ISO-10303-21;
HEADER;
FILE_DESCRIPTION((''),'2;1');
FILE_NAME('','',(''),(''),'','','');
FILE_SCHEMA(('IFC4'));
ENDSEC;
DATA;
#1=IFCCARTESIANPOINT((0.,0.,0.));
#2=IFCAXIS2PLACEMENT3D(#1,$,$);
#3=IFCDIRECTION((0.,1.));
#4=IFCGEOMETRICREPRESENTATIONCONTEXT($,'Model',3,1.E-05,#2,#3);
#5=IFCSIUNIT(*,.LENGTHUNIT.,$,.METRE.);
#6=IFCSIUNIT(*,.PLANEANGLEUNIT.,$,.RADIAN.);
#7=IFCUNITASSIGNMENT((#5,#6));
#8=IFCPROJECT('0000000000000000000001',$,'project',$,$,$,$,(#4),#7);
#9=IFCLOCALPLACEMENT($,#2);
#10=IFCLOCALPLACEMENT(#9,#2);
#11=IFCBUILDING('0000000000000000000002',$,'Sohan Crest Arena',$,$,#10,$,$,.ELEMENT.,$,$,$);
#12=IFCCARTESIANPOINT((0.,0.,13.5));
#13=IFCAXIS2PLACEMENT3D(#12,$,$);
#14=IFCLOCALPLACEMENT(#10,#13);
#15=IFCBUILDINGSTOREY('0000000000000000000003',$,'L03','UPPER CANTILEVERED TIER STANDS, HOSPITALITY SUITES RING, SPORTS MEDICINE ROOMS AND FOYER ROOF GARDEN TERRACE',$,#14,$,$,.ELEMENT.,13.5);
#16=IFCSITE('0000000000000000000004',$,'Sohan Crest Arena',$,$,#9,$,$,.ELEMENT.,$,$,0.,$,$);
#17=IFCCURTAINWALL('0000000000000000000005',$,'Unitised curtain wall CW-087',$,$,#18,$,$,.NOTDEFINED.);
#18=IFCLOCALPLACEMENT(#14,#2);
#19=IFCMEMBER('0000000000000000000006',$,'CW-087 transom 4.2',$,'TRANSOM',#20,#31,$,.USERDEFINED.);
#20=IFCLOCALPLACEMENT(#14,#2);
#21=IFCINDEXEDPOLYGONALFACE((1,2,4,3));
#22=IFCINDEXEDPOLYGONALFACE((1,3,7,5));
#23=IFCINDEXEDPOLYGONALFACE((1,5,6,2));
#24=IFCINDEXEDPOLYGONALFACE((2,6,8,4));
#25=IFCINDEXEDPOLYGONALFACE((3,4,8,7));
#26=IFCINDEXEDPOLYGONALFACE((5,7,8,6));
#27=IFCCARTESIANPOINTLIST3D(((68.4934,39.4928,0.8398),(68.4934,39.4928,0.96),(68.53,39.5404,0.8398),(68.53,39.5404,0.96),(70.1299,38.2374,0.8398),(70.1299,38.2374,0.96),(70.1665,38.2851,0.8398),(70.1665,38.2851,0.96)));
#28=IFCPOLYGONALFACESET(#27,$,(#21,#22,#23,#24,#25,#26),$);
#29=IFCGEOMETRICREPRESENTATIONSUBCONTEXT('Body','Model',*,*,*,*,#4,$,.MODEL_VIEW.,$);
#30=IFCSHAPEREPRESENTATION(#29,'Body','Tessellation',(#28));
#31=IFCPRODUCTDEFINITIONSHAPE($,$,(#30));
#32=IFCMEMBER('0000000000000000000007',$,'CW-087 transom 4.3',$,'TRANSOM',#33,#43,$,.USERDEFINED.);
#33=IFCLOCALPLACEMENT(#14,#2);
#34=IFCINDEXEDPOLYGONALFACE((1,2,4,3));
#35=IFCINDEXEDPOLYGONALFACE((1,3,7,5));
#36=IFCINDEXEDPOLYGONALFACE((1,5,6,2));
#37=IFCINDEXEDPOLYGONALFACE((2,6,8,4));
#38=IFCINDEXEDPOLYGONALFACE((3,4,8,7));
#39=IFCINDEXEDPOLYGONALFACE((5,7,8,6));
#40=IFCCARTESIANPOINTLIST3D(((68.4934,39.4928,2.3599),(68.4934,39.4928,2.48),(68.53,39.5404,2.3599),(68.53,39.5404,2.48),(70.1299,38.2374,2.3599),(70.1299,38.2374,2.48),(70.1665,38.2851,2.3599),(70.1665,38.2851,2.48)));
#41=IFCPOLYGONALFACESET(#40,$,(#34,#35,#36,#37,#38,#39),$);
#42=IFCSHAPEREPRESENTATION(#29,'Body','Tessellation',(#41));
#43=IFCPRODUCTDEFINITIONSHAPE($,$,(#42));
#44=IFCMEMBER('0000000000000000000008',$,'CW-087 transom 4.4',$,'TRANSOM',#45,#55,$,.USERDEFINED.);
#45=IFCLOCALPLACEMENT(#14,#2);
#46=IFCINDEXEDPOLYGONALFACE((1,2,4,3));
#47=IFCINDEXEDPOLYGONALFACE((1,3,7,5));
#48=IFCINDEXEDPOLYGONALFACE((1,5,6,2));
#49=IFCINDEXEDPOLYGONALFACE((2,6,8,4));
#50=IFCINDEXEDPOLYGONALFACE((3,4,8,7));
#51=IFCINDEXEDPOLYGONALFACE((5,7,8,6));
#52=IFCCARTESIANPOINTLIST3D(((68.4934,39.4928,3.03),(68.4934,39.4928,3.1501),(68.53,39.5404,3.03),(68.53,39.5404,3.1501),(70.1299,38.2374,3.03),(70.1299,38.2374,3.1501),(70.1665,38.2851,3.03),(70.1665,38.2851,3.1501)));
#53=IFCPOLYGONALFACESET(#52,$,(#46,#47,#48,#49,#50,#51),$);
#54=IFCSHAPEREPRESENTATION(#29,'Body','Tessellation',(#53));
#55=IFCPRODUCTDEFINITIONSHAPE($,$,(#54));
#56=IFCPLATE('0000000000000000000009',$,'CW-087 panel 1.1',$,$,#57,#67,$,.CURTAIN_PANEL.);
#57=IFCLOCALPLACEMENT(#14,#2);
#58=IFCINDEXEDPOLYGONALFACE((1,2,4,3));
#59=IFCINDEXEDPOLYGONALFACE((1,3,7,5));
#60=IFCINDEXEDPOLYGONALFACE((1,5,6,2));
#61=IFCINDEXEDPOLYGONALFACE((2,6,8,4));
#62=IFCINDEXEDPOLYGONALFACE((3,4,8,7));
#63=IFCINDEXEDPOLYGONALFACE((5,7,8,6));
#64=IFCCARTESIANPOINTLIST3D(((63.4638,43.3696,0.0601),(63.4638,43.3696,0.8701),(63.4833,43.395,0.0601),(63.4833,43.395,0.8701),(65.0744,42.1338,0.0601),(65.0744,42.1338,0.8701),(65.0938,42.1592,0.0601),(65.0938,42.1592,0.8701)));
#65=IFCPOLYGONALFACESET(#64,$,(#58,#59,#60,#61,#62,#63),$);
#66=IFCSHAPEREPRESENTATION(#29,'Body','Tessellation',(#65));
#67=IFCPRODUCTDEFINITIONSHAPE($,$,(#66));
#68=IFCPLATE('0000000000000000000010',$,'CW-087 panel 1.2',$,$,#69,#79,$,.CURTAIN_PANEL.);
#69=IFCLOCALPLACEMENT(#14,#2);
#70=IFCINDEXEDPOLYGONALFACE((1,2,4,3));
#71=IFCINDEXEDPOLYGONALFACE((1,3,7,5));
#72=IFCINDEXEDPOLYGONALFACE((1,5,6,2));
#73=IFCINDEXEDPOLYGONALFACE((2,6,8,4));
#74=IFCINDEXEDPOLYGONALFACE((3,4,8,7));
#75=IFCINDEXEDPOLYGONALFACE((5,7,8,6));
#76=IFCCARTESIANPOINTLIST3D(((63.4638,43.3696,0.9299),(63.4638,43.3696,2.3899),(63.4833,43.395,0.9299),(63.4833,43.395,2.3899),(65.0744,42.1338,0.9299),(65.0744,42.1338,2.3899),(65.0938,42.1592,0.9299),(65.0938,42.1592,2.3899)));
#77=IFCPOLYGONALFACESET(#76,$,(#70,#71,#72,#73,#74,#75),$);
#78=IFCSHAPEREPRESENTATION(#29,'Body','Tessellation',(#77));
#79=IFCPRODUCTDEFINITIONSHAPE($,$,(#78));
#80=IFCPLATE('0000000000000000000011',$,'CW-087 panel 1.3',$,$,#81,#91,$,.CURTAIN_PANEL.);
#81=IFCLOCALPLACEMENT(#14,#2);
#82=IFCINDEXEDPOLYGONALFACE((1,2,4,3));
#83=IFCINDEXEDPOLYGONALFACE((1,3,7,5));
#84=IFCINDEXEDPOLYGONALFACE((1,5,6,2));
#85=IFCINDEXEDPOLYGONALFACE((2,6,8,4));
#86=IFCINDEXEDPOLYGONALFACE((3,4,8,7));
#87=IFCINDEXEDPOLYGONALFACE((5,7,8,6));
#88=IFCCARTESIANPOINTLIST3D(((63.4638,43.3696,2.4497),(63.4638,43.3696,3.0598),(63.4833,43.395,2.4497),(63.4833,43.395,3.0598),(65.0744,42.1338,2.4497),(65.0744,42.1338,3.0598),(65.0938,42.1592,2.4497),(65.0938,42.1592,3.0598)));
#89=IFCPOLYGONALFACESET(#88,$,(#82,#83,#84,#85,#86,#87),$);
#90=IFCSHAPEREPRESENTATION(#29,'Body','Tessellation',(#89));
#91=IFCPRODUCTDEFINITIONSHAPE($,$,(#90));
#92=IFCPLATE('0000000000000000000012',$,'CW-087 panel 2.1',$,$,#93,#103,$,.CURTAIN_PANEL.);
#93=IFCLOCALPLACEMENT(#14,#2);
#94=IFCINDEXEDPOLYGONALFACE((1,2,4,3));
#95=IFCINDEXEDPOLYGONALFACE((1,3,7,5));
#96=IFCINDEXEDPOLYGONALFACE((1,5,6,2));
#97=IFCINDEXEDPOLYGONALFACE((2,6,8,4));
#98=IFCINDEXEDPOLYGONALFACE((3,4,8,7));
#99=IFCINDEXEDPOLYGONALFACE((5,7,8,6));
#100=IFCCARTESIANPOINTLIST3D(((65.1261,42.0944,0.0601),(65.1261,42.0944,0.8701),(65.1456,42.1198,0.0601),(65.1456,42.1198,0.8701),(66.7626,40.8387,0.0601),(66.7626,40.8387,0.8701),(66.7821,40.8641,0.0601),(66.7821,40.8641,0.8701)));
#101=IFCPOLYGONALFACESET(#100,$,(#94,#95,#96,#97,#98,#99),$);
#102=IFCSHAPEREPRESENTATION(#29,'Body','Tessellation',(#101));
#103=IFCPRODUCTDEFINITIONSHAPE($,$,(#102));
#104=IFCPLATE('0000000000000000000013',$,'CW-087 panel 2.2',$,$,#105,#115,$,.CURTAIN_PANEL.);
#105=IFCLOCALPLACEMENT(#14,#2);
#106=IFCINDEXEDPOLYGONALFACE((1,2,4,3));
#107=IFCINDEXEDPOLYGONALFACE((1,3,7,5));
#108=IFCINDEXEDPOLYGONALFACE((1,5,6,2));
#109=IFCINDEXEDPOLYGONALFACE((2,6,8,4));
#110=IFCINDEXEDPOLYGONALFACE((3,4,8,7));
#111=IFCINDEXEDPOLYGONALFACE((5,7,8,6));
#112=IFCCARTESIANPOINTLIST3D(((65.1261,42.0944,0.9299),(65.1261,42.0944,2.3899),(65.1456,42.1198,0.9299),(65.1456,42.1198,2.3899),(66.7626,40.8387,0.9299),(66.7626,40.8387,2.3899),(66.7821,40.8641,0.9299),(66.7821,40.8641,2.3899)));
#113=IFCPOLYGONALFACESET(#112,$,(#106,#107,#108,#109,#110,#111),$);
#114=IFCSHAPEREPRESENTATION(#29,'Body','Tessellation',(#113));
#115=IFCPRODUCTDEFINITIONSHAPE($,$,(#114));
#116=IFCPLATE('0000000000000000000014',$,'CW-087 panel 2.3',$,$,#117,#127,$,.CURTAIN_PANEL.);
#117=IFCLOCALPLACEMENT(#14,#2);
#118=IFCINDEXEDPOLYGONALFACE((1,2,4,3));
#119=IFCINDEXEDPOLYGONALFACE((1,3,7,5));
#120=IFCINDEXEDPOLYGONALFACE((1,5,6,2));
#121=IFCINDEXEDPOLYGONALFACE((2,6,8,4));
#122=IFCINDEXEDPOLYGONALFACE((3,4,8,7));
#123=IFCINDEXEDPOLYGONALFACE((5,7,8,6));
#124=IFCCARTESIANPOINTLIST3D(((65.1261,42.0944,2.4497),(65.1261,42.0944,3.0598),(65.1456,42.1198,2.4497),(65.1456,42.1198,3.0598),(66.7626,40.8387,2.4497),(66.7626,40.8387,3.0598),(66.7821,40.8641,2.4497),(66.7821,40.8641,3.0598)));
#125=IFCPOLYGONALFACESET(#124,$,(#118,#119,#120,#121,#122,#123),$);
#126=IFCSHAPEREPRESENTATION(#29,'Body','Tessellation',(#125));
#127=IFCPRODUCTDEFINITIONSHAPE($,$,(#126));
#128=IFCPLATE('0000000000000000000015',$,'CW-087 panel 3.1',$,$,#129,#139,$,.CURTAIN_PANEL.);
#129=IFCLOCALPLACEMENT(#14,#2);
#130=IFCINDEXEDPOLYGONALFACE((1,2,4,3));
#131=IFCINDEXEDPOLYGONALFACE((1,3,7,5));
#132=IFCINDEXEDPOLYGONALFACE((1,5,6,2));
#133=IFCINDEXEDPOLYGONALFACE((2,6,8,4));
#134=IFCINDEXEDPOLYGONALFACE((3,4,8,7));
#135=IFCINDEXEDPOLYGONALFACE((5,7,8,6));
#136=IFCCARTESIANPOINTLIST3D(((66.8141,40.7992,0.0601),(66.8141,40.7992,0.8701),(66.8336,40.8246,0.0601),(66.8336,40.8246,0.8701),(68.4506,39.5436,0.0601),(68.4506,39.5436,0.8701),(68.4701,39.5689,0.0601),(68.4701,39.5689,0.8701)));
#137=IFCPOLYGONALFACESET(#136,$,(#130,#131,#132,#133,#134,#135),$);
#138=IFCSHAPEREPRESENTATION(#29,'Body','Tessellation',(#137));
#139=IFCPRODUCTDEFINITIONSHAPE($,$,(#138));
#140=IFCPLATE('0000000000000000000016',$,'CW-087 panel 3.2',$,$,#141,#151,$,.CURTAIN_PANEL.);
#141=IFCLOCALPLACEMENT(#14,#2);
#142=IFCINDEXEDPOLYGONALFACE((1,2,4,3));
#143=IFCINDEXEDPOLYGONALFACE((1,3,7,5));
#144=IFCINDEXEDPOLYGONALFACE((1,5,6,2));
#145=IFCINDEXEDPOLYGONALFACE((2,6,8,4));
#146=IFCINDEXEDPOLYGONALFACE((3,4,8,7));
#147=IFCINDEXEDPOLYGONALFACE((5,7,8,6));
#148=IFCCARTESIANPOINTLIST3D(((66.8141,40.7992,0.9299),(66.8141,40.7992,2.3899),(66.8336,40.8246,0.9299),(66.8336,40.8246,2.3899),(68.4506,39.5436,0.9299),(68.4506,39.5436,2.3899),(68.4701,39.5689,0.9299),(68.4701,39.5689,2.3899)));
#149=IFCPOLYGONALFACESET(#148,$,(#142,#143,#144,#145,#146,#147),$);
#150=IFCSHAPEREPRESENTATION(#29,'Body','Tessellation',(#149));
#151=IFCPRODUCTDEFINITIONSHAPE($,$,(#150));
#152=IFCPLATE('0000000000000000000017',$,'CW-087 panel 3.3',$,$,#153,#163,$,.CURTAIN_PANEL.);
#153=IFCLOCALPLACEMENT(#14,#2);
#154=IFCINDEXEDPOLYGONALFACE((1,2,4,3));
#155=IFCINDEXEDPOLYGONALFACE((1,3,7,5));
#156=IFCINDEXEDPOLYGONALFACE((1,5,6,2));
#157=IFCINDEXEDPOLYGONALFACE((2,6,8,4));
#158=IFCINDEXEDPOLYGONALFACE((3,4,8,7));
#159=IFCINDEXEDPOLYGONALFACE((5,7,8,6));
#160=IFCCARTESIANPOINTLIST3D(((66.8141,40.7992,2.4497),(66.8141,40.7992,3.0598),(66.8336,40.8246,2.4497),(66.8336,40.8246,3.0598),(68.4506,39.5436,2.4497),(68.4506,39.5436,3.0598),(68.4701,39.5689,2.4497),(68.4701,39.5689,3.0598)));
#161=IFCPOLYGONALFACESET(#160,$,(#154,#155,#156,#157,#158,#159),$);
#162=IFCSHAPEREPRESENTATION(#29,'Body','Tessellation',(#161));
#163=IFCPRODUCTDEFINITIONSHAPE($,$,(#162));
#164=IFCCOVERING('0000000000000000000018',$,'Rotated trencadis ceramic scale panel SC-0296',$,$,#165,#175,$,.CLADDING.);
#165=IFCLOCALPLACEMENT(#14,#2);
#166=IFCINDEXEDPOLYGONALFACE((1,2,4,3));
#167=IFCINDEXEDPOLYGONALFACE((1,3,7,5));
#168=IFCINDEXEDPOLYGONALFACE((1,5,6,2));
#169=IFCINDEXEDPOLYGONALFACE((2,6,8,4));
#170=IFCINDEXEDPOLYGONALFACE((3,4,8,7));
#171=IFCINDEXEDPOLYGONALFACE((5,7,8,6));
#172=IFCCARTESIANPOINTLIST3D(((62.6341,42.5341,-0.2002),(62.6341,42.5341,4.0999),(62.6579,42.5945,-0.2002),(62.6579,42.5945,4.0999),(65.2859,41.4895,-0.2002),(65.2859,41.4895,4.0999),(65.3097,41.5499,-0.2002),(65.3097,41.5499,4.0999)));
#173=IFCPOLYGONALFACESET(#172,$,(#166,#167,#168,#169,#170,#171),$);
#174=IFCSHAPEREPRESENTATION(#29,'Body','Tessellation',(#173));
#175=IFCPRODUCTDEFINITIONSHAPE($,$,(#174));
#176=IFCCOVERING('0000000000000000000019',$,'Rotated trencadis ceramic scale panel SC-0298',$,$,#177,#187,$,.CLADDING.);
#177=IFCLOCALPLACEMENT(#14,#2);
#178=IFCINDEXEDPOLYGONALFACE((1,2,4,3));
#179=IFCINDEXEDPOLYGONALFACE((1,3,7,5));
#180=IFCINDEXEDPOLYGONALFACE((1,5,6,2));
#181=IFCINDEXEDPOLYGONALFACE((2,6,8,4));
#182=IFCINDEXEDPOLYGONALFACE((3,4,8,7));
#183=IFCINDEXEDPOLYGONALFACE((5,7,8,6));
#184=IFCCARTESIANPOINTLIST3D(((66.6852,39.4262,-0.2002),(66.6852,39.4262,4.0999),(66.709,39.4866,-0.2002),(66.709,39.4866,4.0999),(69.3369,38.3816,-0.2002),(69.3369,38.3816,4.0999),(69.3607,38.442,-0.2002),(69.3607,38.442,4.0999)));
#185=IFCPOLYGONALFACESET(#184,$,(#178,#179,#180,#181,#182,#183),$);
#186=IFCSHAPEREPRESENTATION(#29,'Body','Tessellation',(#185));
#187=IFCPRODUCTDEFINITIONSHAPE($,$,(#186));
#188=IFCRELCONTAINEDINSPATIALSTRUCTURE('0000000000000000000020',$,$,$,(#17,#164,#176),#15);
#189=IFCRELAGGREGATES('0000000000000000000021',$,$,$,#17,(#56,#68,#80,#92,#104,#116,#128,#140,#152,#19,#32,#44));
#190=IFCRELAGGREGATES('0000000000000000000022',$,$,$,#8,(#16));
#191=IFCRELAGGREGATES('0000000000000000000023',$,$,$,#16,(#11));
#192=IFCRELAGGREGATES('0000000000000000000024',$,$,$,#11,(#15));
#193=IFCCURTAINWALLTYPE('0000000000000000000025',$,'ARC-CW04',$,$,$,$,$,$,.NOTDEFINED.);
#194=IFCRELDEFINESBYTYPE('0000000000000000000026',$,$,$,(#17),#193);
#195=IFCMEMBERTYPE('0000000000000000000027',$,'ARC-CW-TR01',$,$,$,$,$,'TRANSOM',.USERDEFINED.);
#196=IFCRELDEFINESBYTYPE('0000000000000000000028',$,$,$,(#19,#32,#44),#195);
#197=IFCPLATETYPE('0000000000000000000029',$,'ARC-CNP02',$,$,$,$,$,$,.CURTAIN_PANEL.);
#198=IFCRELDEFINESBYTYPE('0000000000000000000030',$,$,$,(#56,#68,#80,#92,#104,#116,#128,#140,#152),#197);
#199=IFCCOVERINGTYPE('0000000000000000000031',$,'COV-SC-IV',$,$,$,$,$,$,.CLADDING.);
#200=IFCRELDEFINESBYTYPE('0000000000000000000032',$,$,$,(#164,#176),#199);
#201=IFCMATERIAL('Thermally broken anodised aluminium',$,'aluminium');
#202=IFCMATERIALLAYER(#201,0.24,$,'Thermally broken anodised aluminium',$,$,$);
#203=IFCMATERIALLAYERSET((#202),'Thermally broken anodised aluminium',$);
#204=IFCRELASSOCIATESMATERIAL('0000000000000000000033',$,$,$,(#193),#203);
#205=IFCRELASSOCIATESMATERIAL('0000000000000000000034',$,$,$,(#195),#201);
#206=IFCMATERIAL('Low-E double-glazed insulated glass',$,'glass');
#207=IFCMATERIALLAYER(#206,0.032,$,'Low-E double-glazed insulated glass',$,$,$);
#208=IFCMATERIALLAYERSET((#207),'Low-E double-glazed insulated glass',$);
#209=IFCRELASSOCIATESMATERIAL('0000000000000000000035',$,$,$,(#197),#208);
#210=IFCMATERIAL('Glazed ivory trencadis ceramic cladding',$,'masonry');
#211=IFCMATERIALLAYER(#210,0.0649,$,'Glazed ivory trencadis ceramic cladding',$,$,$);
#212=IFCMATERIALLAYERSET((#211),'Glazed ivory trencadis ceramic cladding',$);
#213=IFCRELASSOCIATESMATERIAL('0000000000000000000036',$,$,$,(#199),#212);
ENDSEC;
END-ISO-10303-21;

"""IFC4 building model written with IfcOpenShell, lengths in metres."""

from ifc_helpers import new_model, si_unit, direction, frame, origin, origin_2d, place, context, subcontext, project, spatial, rectangle, extrude, material, layer, layer_set, material_profile, profile_set, type_object, element, aggregate, save


model = new_model("IFC4")

# Units and contexts
model_context = context("Model", 3, precision=1e-05, world=origin(), true_north=direction((0.0, 1.0)))
body_context = subcontext(model_context, "Body", "Model", "MODEL_VIEW")
ifc_project = project(units=[si_unit("LENGTHUNIT", "METRE"), si_unit("PLANEANGLEUNIT", "RADIAN")], contexts=[model_context])

# Site, building, storey
site_placement = place(None, origin())
site = spatial("IfcSite", under=ifc_project, at=site_placement, Name="Sohan Crest Arena", CompositionType="ELEMENT", RefElevation=0.0)
building_placement = place(site_placement, origin())
building = spatial("IfcBuilding", under=site, at=building_placement, Name="Sohan Crest Arena", CompositionType="ELEMENT")
storey_placement = place(building_placement, frame((0.0, 0.0, 13.5)))
storey = spatial("IfcBuildingStorey", under=building, at=storey_placement, Name="L03", Description="UPPER CANTILEVERED TIER STANDS, HOSPITALITY SUITES RING, SPORTS MEDICINE ROOMS AND FOYER ROOF GARDEN TERRACE", CompositionType="ELEMENT", Elevation=13.5)

# Curtain wall, members, plates
ifc_material_1 = material(Name="Thermally broken anodised aluminium", Category="aluminium")
ifc_layer_1 = layer(ifc_material_1, 0.24, Name="Thermally broken anodised aluminium")
ifc_layer_set_1 = layer_set([ifc_layer_1], Name="Thermally broken anodised aluminium")
curtain_wall_type = type_object("IfcCurtainWallType", Name="ARC-CW04", PredefinedType="NOTDEFINED", material=ifc_layer_set_1)
curtain_wall_placement = place(storey_placement, origin())
curtain_wall = element("IfcCurtainWall", 1, at=curtain_wall_placement, inside=storey, type_object=curtain_wall_type, Name="Unitised curtain wall CW-087", PredefinedType="NOTDEFINED")
ifc_material_profile_1 = material_profile(ifc_material_1, rectangle(XDim=0.0601, YDim=0.1201, at=origin_2d()), Name="ALU-TRAN 60x120")
ifc_profile_set_1 = profile_set([ifc_material_profile_1], Name="Thermally broken anodised aluminium")
member_type_1 = type_object("IfcMemberType", Name="ARC-CW-TR01", ElementType="TRANSOM", PredefinedType="USERDEFINED", material=ifc_profile_set_1)
member_1_placement = place(storey_placement, frame((68.5117, 39.5166, 0.8999), z_axis=(0.793433, -0.608658, 0.0), x_axis=(0.608658, 0.793433, 0.0)))
member_1 = element("IfcMember", 2, at=member_1_placement, type_object=member_type_1, Name="CW-087 transom 4.2", ObjectType="TRANSOM", PredefinedType="USERDEFINED", context=body_context, shape_type="SweptSolid", body=[
    extrude(rectangle(XDim=0.0601, YDim=0.1201, at=origin_2d()), origin(), (0.0, 0.0, 1.0), 2.0625),
])
member_2_placement = place(storey_placement, frame((68.5117, 39.5166, 2.4199), z_axis=(0.793433, -0.608658, 0.0), x_axis=(0.608658, 0.793433, 0.0)))
member_2 = element("IfcMember", 3, at=member_2_placement, type_object=member_type_1, Name="CW-087 transom 4.3", ObjectType="TRANSOM", PredefinedType="USERDEFINED", context=body_context, shape_type="SweptSolid", body=[
    extrude(rectangle(XDim=0.0601, YDim=0.1201, at=origin_2d()), origin(), (0.0, 0.0, 1.0), 2.0625),
])
member_3_placement = place(storey_placement, frame((68.5117, 39.5166, 3.0901), z_axis=(0.793433, -0.608658, 0.0), x_axis=(0.608658, 0.793433, 0.0)))
member_3 = element("IfcMember", 4, at=member_3_placement, type_object=member_type_1, Name="CW-087 transom 4.4", ObjectType="TRANSOM", PredefinedType="USERDEFINED", context=body_context, shape_type="SweptSolid", body=[
    extrude(rectangle(XDim=0.0601, YDim=0.1201, at=origin_2d()), origin(), (0.0, 0.0, 1.0), 2.0625),
])
ifc_material_2 = material(Name="Low-E double-glazed insulated glass", Category="glass")
ifc_layer_2 = layer(ifc_material_2, 0.032, Name="Low-E double-glazed insulated glass")
ifc_layer_set_2 = layer_set([ifc_layer_2], Name="Low-E double-glazed insulated glass")
plate_type = type_object("IfcPlateType", Name="ARC-CNP02", PredefinedType="CURTAIN_PANEL", material=ifc_layer_set_2)
plate_1_placement = place(storey_placement, frame((64.2788, 42.7644, 0.0601), z_axis=(0.0, 0.0, 1.0), x_axis=(0.793372, -0.608737, 0.0)))
plate_1 = element("IfcPlate", 5, at=plate_1_placement, type_object=plate_type, Name="CW-087 panel 1.1", PredefinedType="CURTAIN_PANEL", context=body_context, shape_type="SweptSolid", body=[
    extrude(rectangle(XDim=2.03, YDim=0.032, at=origin_2d()), origin(), (0.0, 0.0, 1.0), 0.8101),
])
plate_2_placement = place(storey_placement, frame((64.2788, 42.7644, 0.9299), z_axis=(0.0, 0.0, 1.0), x_axis=(0.793372, -0.608737, 0.0)))
plate_2 = element("IfcPlate", 6, at=plate_2_placement, type_object=plate_type, Name="CW-087 panel 1.2", PredefinedType="CURTAIN_PANEL", context=body_context, shape_type="SweptSolid", body=[
    extrude(rectangle(XDim=2.03, YDim=0.032, at=origin_2d()), origin(), (0.0, 0.0, 1.0), 1.46),
])
plate_3_placement = place(storey_placement, frame((64.2788, 42.7644, 2.4497), z_axis=(0.0, 0.0, 1.0), x_axis=(0.793372, -0.608737, 0.0)))
plate_3 = element("IfcPlate", 7, at=plate_3_placement, type_object=plate_type, Name="CW-087 panel 1.3", PredefinedType="CURTAIN_PANEL", context=body_context, shape_type="SweptSolid", body=[
    extrude(rectangle(XDim=2.03, YDim=0.032, at=origin_2d()), origin(), (0.0, 0.0, 1.0), 0.6101),
])
plate_4_placement = place(storey_placement, frame((65.9541, 41.4792, 0.0601), z_axis=(0.0, 0.0, 1.0), x_axis=(0.793372, -0.608737, 0.0)))
plate_4 = element("IfcPlate", 8, at=plate_4_placement, type_object=plate_type, Name="CW-087 panel 2.1", PredefinedType="CURTAIN_PANEL", context=body_context, shape_type="SweptSolid", body=[
    extrude(rectangle(XDim=2.0627, YDim=0.032, at=origin_2d()), origin(), (0.0, 0.0, 1.0), 0.8101),
])
plate_5_placement = place(storey_placement, frame((65.9541, 41.4792, 0.9299), z_axis=(0.0, 0.0, 1.0), x_axis=(0.793372, -0.608737, 0.0)))
plate_5 = element("IfcPlate", 9, at=plate_5_placement, type_object=plate_type, Name="CW-087 panel 2.2", PredefinedType="CURTAIN_PANEL", context=body_context, shape_type="SweptSolid", body=[
    extrude(rectangle(XDim=2.0627, YDim=0.032, at=origin_2d()), origin(), (0.0, 0.0, 1.0), 1.46),
])
plate_6_placement = place(storey_placement, frame((65.9541, 41.4792, 2.4497), z_axis=(0.0, 0.0, 1.0), x_axis=(0.793372, -0.608737, 0.0)))
plate_6 = element("IfcPlate", 10, at=plate_6_placement, type_object=plate_type, Name="CW-087 panel 2.3", PredefinedType="CURTAIN_PANEL", context=body_context, shape_type="SweptSolid", body=[
    extrude(rectangle(XDim=2.0627, YDim=0.032, at=origin_2d()), origin(), (0.0, 0.0, 1.0), 0.6101),
])
plate_7_placement = place(storey_placement, frame((67.6421, 40.1841, 0.0601), z_axis=(0.0, 0.0, 1.0), x_axis=(0.793372, -0.608737, 0.0)))
plate_7 = element("IfcPlate", 11, at=plate_7_placement, type_object=plate_type, Name="CW-087 panel 3.1", PredefinedType="CURTAIN_PANEL", context=body_context, shape_type="SweptSolid", body=[
    extrude(rectangle(XDim=2.0627, YDim=0.032, at=origin_2d()), origin(), (0.0, 0.0, 1.0), 0.8101),
])
plate_8_placement = place(storey_placement, frame((67.6421, 40.1841, 0.9299), z_axis=(0.0, 0.0, 1.0), x_axis=(0.793372, -0.608737, 0.0)))
plate_8 = element("IfcPlate", 12, at=plate_8_placement, type_object=plate_type, Name="CW-087 panel 3.2", PredefinedType="CURTAIN_PANEL", context=body_context, shape_type="SweptSolid", body=[
    extrude(rectangle(XDim=2.0627, YDim=0.032, at=origin_2d()), origin(), (0.0, 0.0, 1.0), 1.46),
])
plate_9_placement = place(storey_placement, frame((67.6421, 40.1841, 2.4497), z_axis=(0.0, 0.0, 1.0), x_axis=(0.793372, -0.608737, 0.0)))
plate_9 = element("IfcPlate", 13, at=plate_9_placement, type_object=plate_type, Name="CW-087 panel 3.3", PredefinedType="CURTAIN_PANEL", context=body_context, shape_type="SweptSolid", body=[
    extrude(rectangle(XDim=2.0627, YDim=0.032, at=origin_2d()), origin(), (0.0, 0.0, 1.0), 0.6101),
])
aggregate(curtain_wall, [plate_1, plate_2, plate_3, plate_4, plate_5, plate_6, plate_7, plate_8, plate_9, member_1, member_2, member_3])

# Coverings
ifc_material_3 = material(Name="Glazed ivory trencadis ceramic cladding", Category="masonry")
ifc_layer_3 = layer(ifc_material_3, 0.0649, Name="Glazed ivory trencadis ceramic cladding")
ifc_layer_set_3 = layer_set([ifc_layer_3], Name="Glazed ivory trencadis ceramic cladding")
covering_type_1 = type_object("IfcCoveringType", Name="COV-SC-IV", PredefinedType="CLADDING", material=ifc_layer_set_3)
for number, where, z_axis, x_axis, name in (
    (14, (63.9719, 42.042, -0.2002), (0.0, 0.0, 1.0), (0.930418, -0.366501, 0.0), "Rotated trencadis ceramic scale panel SC-0296"),
    (15, (68.0229, 38.9341, -0.2002), (0.0, 0.0, 1.0), (0.930418, -0.366501, 0.0), "Rotated trencadis ceramic scale panel SC-0298"),
):
    element("IfcCovering", number, at=place(storey_placement, frame(where, z_axis=z_axis, x_axis=x_axis)), inside=storey, type_object=covering_type_1, Name=name, PredefinedType="CLADDING", context=body_context, shape_type="SweptSolid", body=[
        extrude(rectangle(XDim=2.8501, YDim=0.0649, at=origin_2d()), origin(), (0.0, 0.0, 1.0), 4.3),
    ])

save(model, "model.ifc")
